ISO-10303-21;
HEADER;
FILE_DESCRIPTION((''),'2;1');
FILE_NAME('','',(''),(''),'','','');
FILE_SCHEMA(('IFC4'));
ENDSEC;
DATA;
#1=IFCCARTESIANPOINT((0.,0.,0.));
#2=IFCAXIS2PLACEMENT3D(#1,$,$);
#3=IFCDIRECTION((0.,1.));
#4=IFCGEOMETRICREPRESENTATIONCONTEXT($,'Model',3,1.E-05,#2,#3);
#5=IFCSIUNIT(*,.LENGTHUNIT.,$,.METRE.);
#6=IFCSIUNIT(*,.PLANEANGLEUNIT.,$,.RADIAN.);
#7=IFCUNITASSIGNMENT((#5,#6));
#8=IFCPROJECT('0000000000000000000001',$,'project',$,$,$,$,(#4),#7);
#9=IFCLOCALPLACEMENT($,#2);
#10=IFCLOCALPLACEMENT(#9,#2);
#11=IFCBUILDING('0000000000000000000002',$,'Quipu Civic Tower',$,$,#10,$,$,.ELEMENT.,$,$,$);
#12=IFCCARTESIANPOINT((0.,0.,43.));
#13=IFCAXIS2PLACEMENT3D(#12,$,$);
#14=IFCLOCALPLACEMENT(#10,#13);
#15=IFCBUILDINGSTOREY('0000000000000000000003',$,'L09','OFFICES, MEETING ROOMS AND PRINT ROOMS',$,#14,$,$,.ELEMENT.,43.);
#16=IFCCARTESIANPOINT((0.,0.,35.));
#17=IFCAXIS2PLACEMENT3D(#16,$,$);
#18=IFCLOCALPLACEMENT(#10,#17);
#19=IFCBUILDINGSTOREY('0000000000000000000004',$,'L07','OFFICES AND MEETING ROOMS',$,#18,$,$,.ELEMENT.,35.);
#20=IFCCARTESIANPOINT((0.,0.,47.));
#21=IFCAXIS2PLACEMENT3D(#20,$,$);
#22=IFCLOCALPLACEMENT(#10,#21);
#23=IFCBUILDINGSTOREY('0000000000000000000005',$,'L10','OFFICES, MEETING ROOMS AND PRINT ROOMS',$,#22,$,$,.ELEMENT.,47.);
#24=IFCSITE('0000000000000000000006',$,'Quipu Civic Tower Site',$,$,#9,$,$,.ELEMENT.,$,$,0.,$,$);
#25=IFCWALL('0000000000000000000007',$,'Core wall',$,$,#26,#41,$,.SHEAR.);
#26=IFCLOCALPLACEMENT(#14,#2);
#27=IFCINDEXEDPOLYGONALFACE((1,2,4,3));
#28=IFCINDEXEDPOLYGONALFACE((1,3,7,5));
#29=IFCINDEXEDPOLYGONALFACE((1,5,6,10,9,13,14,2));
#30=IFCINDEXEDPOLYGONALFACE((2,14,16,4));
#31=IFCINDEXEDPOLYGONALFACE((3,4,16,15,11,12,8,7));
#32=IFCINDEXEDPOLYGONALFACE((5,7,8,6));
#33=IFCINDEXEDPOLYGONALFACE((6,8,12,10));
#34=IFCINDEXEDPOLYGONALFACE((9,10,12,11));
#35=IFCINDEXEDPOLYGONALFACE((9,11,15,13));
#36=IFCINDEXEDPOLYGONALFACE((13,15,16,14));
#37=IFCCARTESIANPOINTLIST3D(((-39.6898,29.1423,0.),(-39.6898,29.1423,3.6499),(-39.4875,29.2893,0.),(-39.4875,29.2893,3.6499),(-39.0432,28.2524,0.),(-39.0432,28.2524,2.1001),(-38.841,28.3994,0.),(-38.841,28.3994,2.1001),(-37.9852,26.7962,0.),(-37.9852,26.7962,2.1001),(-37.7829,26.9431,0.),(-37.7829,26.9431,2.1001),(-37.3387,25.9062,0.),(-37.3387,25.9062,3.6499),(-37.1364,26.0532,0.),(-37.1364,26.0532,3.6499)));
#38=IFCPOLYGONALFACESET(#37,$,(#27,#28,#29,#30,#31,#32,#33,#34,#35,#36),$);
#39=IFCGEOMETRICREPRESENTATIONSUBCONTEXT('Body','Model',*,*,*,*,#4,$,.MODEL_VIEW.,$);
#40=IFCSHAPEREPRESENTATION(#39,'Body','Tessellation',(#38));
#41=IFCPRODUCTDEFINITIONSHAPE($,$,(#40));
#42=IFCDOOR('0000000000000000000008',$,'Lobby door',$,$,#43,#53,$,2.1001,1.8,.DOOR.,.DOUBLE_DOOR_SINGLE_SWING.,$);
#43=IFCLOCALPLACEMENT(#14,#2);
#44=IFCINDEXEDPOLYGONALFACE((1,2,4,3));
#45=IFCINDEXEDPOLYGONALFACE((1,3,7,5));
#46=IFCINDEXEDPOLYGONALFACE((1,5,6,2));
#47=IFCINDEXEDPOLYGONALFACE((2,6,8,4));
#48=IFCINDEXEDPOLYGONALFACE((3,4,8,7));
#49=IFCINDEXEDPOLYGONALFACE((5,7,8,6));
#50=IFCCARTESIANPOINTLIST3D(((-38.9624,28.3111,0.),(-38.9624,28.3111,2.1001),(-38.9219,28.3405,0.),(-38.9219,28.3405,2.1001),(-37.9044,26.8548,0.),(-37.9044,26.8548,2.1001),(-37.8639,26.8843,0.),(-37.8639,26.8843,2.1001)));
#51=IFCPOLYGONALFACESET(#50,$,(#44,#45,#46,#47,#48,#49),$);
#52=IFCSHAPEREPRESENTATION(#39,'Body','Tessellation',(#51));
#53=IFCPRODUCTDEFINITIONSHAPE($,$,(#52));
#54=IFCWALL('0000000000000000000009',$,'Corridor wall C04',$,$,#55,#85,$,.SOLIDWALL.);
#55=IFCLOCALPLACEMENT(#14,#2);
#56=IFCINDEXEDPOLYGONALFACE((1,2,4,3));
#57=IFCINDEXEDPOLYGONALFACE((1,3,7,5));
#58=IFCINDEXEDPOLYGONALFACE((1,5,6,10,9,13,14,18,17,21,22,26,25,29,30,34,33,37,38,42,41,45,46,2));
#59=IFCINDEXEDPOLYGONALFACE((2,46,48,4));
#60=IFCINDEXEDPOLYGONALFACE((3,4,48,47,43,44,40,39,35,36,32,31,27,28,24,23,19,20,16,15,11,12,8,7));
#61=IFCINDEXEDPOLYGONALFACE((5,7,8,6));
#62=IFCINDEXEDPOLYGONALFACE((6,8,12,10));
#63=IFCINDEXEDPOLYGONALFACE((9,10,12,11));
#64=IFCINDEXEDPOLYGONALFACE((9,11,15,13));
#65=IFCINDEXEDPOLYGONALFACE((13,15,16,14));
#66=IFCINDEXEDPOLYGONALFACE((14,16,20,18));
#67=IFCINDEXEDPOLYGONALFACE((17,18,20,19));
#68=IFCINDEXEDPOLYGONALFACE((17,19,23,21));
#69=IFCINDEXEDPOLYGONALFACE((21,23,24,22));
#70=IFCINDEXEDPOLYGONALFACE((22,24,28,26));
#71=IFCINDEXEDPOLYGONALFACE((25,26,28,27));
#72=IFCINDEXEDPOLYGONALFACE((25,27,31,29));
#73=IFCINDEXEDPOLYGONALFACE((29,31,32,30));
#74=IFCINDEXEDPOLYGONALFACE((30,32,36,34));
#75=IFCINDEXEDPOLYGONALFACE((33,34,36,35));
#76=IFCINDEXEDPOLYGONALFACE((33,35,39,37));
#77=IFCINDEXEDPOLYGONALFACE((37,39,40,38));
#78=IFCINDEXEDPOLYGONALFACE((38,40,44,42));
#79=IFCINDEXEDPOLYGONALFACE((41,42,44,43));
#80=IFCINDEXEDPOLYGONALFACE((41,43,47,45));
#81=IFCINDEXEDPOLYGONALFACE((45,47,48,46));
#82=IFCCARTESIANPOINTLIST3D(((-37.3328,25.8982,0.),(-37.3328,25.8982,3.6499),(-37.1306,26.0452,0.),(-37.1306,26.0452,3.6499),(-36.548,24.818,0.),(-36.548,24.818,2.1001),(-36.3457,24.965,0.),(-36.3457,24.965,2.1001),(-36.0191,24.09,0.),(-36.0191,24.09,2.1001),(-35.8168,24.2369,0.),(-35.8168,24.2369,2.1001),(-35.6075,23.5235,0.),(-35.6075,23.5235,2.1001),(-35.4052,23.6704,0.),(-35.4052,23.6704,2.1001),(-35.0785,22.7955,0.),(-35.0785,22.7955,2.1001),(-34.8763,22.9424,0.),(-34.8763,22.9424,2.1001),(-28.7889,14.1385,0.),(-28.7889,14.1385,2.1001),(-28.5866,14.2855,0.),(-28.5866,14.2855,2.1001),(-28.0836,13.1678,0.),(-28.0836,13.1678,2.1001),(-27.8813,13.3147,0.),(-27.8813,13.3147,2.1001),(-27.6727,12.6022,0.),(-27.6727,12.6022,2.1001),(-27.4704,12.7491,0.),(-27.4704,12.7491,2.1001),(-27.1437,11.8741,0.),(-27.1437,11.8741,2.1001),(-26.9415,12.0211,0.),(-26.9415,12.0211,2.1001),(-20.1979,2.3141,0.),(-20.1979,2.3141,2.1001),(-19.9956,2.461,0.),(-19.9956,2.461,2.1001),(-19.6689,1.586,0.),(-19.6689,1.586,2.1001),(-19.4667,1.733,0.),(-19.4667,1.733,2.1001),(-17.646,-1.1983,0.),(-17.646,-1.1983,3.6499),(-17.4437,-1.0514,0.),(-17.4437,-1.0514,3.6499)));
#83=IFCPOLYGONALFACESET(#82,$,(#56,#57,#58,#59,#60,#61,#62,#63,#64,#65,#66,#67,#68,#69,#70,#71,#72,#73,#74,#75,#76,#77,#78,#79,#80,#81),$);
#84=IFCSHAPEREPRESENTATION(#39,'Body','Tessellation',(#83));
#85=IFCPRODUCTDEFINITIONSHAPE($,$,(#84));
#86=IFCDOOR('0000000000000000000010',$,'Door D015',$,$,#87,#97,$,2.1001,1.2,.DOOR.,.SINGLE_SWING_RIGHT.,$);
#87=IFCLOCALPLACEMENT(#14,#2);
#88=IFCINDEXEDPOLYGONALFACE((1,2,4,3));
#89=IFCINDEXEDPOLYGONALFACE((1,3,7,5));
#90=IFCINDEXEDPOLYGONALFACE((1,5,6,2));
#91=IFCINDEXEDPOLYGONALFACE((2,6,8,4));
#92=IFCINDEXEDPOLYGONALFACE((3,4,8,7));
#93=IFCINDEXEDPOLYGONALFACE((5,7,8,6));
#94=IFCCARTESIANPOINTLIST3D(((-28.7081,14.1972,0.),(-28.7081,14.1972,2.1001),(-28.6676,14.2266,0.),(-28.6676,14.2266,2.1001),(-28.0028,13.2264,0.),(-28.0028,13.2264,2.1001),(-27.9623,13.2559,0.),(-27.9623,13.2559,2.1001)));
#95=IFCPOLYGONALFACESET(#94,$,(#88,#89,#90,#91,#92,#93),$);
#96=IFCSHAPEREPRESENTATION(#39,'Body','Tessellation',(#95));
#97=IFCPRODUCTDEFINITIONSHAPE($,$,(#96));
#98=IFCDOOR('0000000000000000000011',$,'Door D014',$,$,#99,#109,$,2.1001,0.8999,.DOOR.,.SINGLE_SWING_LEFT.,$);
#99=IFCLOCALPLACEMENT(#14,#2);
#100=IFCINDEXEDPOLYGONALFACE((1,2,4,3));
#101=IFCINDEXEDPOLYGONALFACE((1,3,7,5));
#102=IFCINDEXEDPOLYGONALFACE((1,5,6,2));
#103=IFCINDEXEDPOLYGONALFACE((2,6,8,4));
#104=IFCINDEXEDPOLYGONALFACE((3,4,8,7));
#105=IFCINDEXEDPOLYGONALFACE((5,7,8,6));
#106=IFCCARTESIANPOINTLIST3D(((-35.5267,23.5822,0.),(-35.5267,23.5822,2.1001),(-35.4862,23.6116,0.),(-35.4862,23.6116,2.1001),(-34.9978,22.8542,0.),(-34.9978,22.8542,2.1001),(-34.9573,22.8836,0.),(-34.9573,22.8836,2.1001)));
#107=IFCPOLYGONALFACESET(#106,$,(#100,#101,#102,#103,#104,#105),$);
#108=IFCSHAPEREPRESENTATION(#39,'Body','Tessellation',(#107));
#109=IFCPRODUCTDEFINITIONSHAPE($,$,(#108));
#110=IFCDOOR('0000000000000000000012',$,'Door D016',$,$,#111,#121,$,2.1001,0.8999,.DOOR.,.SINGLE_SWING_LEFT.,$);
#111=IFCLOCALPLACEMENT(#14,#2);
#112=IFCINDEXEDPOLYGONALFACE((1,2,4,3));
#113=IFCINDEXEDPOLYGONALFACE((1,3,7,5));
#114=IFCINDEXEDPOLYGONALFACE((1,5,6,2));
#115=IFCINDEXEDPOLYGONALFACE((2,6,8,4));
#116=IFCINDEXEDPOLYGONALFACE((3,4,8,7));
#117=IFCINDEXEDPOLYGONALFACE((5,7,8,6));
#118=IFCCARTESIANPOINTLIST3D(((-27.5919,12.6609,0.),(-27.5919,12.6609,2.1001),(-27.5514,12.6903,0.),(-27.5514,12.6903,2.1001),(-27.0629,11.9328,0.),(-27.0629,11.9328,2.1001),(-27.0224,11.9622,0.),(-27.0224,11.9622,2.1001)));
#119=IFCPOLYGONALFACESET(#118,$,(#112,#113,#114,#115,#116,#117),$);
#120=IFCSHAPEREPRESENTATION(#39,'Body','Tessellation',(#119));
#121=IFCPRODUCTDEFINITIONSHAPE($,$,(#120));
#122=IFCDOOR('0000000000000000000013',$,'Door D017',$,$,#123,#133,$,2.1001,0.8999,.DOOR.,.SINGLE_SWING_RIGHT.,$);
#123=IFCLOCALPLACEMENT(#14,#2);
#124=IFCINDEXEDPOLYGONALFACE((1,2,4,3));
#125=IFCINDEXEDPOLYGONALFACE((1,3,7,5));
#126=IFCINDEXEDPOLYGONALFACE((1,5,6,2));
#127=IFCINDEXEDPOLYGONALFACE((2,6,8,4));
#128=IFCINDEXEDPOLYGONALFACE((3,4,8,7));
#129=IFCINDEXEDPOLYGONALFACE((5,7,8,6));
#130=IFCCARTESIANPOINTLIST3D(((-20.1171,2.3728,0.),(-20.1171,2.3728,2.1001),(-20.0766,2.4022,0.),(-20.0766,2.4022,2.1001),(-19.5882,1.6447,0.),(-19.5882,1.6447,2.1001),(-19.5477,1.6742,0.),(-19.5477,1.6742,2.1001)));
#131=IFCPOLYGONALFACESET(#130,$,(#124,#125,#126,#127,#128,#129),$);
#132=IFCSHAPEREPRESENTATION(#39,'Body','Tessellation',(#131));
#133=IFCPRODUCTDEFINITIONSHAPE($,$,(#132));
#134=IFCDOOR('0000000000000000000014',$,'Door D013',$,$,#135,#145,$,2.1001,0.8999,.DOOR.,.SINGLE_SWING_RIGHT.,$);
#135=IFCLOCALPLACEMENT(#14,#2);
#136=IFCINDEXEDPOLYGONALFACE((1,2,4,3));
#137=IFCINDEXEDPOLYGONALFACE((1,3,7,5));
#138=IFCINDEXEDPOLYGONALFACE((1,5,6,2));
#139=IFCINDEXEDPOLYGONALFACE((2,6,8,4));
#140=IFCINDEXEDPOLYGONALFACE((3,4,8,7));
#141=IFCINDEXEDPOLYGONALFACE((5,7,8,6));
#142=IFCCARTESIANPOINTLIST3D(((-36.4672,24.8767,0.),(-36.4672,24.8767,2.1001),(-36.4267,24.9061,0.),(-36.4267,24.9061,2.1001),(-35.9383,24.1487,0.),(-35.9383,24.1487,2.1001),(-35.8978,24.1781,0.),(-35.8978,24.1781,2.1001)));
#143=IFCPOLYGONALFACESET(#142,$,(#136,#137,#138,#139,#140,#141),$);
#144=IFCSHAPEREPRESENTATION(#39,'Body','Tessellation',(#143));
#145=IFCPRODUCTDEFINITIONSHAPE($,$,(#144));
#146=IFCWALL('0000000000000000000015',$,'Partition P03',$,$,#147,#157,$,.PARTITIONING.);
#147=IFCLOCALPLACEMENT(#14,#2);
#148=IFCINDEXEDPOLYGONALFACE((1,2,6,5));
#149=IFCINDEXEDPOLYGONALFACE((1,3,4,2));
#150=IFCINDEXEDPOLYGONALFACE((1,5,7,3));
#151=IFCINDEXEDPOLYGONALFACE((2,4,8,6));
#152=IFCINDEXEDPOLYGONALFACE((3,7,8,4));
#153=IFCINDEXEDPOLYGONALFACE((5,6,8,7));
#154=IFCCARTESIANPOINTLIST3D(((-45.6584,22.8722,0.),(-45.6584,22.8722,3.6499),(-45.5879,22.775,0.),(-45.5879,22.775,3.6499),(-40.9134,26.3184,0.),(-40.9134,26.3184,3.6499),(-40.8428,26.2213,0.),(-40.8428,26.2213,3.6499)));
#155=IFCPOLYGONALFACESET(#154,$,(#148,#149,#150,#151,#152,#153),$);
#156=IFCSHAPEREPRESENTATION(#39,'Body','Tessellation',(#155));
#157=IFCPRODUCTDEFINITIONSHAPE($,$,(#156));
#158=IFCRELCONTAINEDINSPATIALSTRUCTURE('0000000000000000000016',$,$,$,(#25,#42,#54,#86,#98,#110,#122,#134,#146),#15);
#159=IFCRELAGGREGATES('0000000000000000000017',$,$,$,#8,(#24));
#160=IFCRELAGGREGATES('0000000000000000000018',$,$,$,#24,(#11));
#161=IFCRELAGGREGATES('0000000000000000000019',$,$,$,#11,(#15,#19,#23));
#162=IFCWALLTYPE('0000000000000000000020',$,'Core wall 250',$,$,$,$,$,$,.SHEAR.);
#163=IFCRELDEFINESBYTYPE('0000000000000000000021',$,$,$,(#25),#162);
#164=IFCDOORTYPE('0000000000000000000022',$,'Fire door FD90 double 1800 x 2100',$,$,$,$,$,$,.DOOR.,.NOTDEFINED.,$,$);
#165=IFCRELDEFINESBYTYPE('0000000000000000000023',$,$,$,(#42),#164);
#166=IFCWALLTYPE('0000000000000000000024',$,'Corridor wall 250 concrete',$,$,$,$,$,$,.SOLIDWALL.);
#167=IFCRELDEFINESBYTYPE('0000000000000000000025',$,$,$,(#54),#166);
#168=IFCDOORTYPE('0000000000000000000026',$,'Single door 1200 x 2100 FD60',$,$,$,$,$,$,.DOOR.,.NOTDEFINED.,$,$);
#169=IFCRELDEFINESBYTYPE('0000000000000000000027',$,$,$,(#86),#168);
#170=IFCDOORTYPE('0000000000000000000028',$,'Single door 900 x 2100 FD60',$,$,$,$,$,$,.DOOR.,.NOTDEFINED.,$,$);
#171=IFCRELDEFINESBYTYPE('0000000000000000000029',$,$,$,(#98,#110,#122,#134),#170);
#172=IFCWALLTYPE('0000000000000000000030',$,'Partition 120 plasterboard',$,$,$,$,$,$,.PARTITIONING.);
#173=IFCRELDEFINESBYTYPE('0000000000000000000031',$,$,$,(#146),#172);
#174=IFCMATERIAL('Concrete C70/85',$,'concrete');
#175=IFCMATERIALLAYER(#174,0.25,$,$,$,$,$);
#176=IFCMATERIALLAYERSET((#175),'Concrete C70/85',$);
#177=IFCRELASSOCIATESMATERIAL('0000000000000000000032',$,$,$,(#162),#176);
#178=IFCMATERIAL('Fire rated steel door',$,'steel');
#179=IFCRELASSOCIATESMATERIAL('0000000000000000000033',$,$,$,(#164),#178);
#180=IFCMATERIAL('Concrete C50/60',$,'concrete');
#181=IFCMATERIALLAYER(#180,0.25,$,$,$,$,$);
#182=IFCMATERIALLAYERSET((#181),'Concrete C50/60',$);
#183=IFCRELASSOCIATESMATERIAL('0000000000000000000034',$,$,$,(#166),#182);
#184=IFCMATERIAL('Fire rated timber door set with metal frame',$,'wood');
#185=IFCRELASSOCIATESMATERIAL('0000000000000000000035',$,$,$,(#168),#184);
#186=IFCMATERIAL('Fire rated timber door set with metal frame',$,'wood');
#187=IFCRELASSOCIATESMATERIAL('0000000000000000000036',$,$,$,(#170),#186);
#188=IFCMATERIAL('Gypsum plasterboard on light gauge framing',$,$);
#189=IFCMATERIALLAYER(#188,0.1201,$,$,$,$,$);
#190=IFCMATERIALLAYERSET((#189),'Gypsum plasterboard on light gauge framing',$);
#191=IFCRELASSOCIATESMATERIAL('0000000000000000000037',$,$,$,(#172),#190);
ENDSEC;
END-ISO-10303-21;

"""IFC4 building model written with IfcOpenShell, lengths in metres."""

from ifc_helpers import new_model, si_unit, direction, frame, frame_2d, origin, place, context, subcontext, project, spatial, rectangle, extrude, material, layer, layer_set, type_object, element, fill, save


model = new_model("IFC4")

# Units and contexts
model_context = context("Model", 3, precision=1e-05, world=origin(), true_north=direction((0.0, 1.0)))
body_context = subcontext(model_context, "Body", "Model", "MODEL_VIEW")
ifc_project = project(units=[si_unit("LENGTHUNIT", "METRE"), si_unit("PLANEANGLEUNIT", "RADIAN")], contexts=[model_context])

# Site, building, storey
site_placement = place(None, origin())
site = spatial("IfcSite", under=ifc_project, at=site_placement, Name="Quipu Civic Tower Site", CompositionType="ELEMENT", RefElevation=0.0)
building_placement = place(site_placement, origin())
building = spatial("IfcBuilding", under=site, at=building_placement, Name="Quipu Civic Tower", CompositionType="ELEMENT")
storey_1_placement = place(building_placement, frame((0.0, 0.0, 43.0)))
storey_1 = spatial("IfcBuildingStorey", under=building, at=storey_1_placement, Name="L09", Description="OFFICES, MEETING ROOMS AND PRINT ROOMS", CompositionType="ELEMENT", Elevation=43.0)

# Shared definitions
storey_2_placement = place(building_placement, frame((0.0, 0.0, 35.0)))
storey_2 = spatial("IfcBuildingStorey", under=building, at=storey_2_placement, Name="L07", Description="OFFICES AND MEETING ROOMS", CompositionType="ELEMENT", Elevation=35.0)

# Shared definitions
storey_3_placement = place(building_placement, frame((0.0, 0.0, 47.0)))
storey_3 = spatial("IfcBuildingStorey", under=building, at=storey_3_placement, Name="L10", Description="OFFICES, MEETING ROOMS AND PRINT ROOMS", CompositionType="ELEMENT", Elevation=47.0)

# Shared definitions
ifc_material_1 = material(Name="Concrete C70/85", Category="concrete")
ifc_layer_1 = layer(ifc_material_1, 0.25)
ifc_layer_set_1 = layer_set([ifc_layer_1], Name="Concrete C70/85")
wall_type_1 = type_object("IfcWallType", Name="Core wall 250", PredefinedType="SHEAR", material=ifc_layer_set_1)

# Wall, opening, door
wall_1_placement = place(storey_1_placement, frame((-39.5886, 29.2158, 0.0), z_axis=(0.0, 0.0, 1.0), x_axis=(0.587772, -0.809026, 0.0)))
wall_1 = element("IfcWall", 1, at=wall_1_placement, inside=storey_1, type_object=wall_type_1, Name="Core wall", PredefinedType="SHEAR", context=body_context, shape_type="SweptSolid", body=[
    extrude(rectangle(XDim=4.0, YDim=0.25, at=frame_2d((2.0, 0.0))), origin(), (0.0, 0.0, 1.0), 3.6499),
])
opening_1_placement = place(wall_1_placement, frame((1.1001, 0.0, 0.0)))
opening_1 = element("IfcOpeningElement", 2, at=opening_1_placement, cuts=wall_1, PredefinedType="OPENING", context=body_context, shape_type="SweptSolid", body=[
    extrude(rectangle(XDim=1.8, YDim=2.1001, at=frame_2d((0.8999, 1.05))), frame((0.0, 0.135, 0.0), z_axis=(0.0, -1.0, 0.0), x_axis=(1.0, 0.0, 0.0)), (0.0, 0.0, 1.0), 0.27),
])
ifc_material_2 = material(Name="Fire rated steel door", Category="steel")
door_type_1 = type_object("IfcDoorType", Name="Fire door FD90 double 1800 x 2100", OperationType="NOTDEFINED", PredefinedType="DOOR", material=ifc_material_2)
door_1_placement = place(opening_1_placement, origin())
door_1 = element("IfcDoor", 3, at=door_1_placement, inside=storey_1, type_object=door_type_1, Name="Lobby door", OperationType="DOUBLE_DOOR_SINGLE_SWING", OverallHeight=2.1001, OverallWidth=1.8, PredefinedType="DOOR", context=body_context, shape_type="SweptSolid", body=[
    extrude(rectangle(XDim=1.8, YDim=2.1001, at=frame_2d((0.8999, 1.05))), frame((0.0, 0.0249, 0.0), z_axis=(0.0, -1.0, 0.0), x_axis=(1.0, 0.0, 0.0)), (0.0, 0.0, 1.0), 0.05),
])
fill(opening_1, door_1)

# Wall, openings, doors
ifc_material_3 = material(Name="Concrete C50/60", Category="concrete")
ifc_layer_2 = layer(ifc_material_3, 0.25)
ifc_layer_set_2 = layer_set([ifc_layer_2], Name="Concrete C50/60")
wall_type_2 = type_object("IfcWallType", Name="Corridor wall 250 concrete", PredefinedType="SOLIDWALL", material=ifc_layer_set_2)
wall_2_placement = place(storey_1_placement, frame((-37.2317, 25.9717, 0.0), z_axis=(0.0, 0.0, 1.0), x_axis=(0.587786, -0.809016, 0.0)))
wall_2 = element("IfcWall", 4, at=wall_2_placement, inside=storey_1, type_object=wall_type_2, Name="Corridor wall C04", PredefinedType="SOLIDWALL", context=body_context, shape_type="SweptSolid", body=[
    extrude(rectangle(XDim=33.4932, YDim=0.25, at=frame_2d((16.7466, 0.0))), origin(), (0.0, 0.0, 1.0), 3.6499),
])
opening_2_placement = place(wall_2_placement, frame((2.9353, 0.0, 0.0)))
opening_2 = element("IfcOpeningElement", 5, at=opening_2_placement, cuts=wall_2, PredefinedType="OPENING", context=body_context, shape_type="SweptSolid", body=[
    extrude(rectangle(XDim=0.8999, YDim=2.1001, at=frame_2d((0.45, 1.05))), frame((0.0, 0.135, 0.0), z_axis=(0.0, -1.0, 0.0), x_axis=(1.0, 0.0, 0.0)), (0.0, 0.0, 1.0), 0.27),
])
opening_3_placement = place(wall_2_placement, frame((16.4348, 0.0, 0.0)))
opening_3 = element("IfcOpeningElement", 6, at=opening_3_placement, cuts=wall_2, PredefinedType="OPENING", context=body_context, shape_type="SweptSolid", body=[
    extrude(rectangle(XDim=0.8999, YDim=2.1001, at=frame_2d((0.45, 1.05))), frame((0.0, 0.135, 0.0), z_axis=(0.0, -1.0, 0.0), x_axis=(1.0, 0.0, 0.0)), (0.0, 0.0, 1.0), 0.27),
])
opening_4_placement = place(wall_2_placement, frame((29.1516, 0.0, 0.0)))
opening_4 = element("IfcOpeningElement", 7, at=opening_4_placement, cuts=wall_2, PredefinedType="OPENING", context=body_context, shape_type="SweptSolid", body=[
    extrude(rectangle(XDim=0.8999, YDim=2.1001, at=frame_2d((0.45, 1.05))), frame((0.0, 0.135, 0.0), z_axis=(0.0, -1.0, 0.0), x_axis=(1.0, 0.0, 0.0)), (0.0, 0.0, 1.0), 0.27),
])
opening_5_placement = place(wall_2_placement, frame((14.5356, 0.0, 0.0)))
opening_5 = element("IfcOpeningElement", 8, at=opening_5_placement, cuts=wall_2, PredefinedType="OPENING", context=body_context, shape_type="SweptSolid", body=[
    extrude(rectangle(XDim=1.2, YDim=2.1001, at=frame_2d((0.6001, 1.05))), frame((0.0, 0.135, 0.0), z_axis=(0.0, -1.0, 0.0), x_axis=(1.0, 0.0, 0.0)), (0.0, 0.0, 1.0), 0.27),
])
opening_6_placement = place(wall_2_placement, frame((1.3352, 0.0, 0.0)))
opening_6 = element("IfcOpeningElement", 9, at=opening_6_placement, cuts=wall_2, PredefinedType="OPENING", context=body_context, shape_type="SweptSolid", body=[
    extrude(rectangle(XDim=0.8999, YDim=2.1001, at=frame_2d((0.45, 1.05))), frame((0.0, 0.135, 0.0), z_axis=(0.0, -1.0, 0.0), x_axis=(1.0, 0.0, 0.0)), (0.0, 0.0, 1.0), 0.27),
])
ifc_material_4 = material(Name="Fire rated timber door set with metal frame", Category="wood")
door_type_2 = type_object("IfcDoorType", Name="Single door 1200 x 2100 FD60", OperationType="NOTDEFINED", PredefinedType="DOOR", material=ifc_material_4)
door_2_placement = place(opening_5_placement, origin())
door_2 = element("IfcDoor", 10, at=door_2_placement, inside=storey_1, type_object=door_type_2, Name="Door D015", OperationType="SINGLE_SWING_RIGHT", OverallHeight=2.1001, OverallWidth=1.2, PredefinedType="DOOR", context=body_context, shape_type="SweptSolid", body=[
    extrude(rectangle(XDim=1.2, YDim=2.1001, at=frame_2d((0.6001, 1.05))), frame((0.0, 0.0249, 0.0), z_axis=(0.0, -1.0, 0.0), x_axis=(1.0, 0.0, 0.0)), (0.0, 0.0, 1.0), 0.05),
])
fill(opening_5, door_2)
ifc_material_5 = material(Name="Fire rated timber door set with metal frame", Category="wood")
door_type_3 = type_object("IfcDoorType", Name="Single door 900 x 2100 FD60", OperationType="NOTDEFINED", PredefinedType="DOOR", material=ifc_material_5)
door_3_placement = place(opening_2_placement, origin())
door_3 = element("IfcDoor", 11, at=door_3_placement, inside=storey_1, type_object=door_type_3, Name="Door D014", OperationType="SINGLE_SWING_LEFT", OverallHeight=2.1001, OverallWidth=0.8999, PredefinedType="DOOR", context=body_context, shape_type="SweptSolid", body=[
    extrude(rectangle(XDim=0.8999, YDim=2.1001, at=frame_2d((0.45, 1.05))), frame((0.0, 0.0249, 0.0), z_axis=(0.0, -1.0, 0.0), x_axis=(1.0, 0.0, 0.0)), (0.0, 0.0, 1.0), 0.05),
])
fill(opening_2, door_3)
door_4_placement = place(opening_3_placement, origin())
door_4 = element("IfcDoor", 12, at=door_4_placement, inside=storey_1, type_object=door_type_3, Name="Door D016", OperationType="SINGLE_SWING_LEFT", OverallHeight=2.1001, OverallWidth=0.8999, PredefinedType="DOOR", context=body_context, shape_type="SweptSolid", body=[
    extrude(rectangle(XDim=0.8999, YDim=2.1001, at=frame_2d((0.45, 1.05))), frame((0.0, 0.0249, 0.0), z_axis=(0.0, -1.0, 0.0), x_axis=(1.0, 0.0, 0.0)), (0.0, 0.0, 1.0), 0.05),
])
fill(opening_3, door_4)
door_5_placement = place(opening_4_placement, origin())
door_5 = element("IfcDoor", 13, at=door_5_placement, inside=storey_1, type_object=door_type_3, Name="Door D017", OperationType="SINGLE_SWING_RIGHT", OverallHeight=2.1001, OverallWidth=0.8999, PredefinedType="DOOR", context=body_context, shape_type="SweptSolid", body=[
    extrude(rectangle(XDim=0.8999, YDim=2.1001, at=frame_2d((0.45, 1.05))), frame((0.0, 0.0249, 0.0), z_axis=(0.0, -1.0, 0.0), x_axis=(1.0, 0.0, 0.0)), (0.0, 0.0, 1.0), 0.05),
])
fill(opening_4, door_5)
door_6_placement = place(opening_6_placement, origin())
door_6 = element("IfcDoor", 14, at=door_6_placement, inside=storey_1, type_object=door_type_3, Name="Door D013", OperationType="SINGLE_SWING_RIGHT", OverallHeight=2.1001, OverallWidth=0.8999, PredefinedType="DOOR", context=body_context, shape_type="SweptSolid", body=[
    extrude(rectangle(XDim=0.8999, YDim=2.1001, at=frame_2d((0.45, 1.05))), frame((0.0, 0.0249, 0.0), z_axis=(0.0, -1.0, 0.0), x_axis=(1.0, 0.0, 0.0)), (0.0, 0.0, 1.0), 0.05),
])
fill(opening_6, door_6)

# Wall
ifc_material_6 = material(Name="Gypsum plasterboard on light gauge framing")
ifc_layer_3 = layer(ifc_material_6, 0.1201)
ifc_layer_set_3 = layer_set([ifc_layer_3], Name="Gypsum plasterboard on light gauge framing")
wall_type_3 = type_object("IfcWallType", Name="Partition 120 plasterboard", PredefinedType="PARTITIONING", material=ifc_layer_set_3)
wall_3_placement = place(storey_1_placement, frame((-40.8782, 26.2698, 0.0), z_axis=(0.0, 0.0, 1.0), x_axis=(-0.809118, -0.587647, 0.0)))
element("IfcWall", 15, at=wall_3_placement, inside=storey_1, type_object=wall_type_3, Name="Partition P03", PredefinedType="PARTITIONING", context=body_context, shape_type="SweptSolid", body=[
    extrude(rectangle(XDim=5.8645, YDim=0.1201, at=frame_2d((2.9321, 0.0))), origin(), (0.0, 0.0, 1.0), 3.6499),
])

save(model, "model.ifc")
